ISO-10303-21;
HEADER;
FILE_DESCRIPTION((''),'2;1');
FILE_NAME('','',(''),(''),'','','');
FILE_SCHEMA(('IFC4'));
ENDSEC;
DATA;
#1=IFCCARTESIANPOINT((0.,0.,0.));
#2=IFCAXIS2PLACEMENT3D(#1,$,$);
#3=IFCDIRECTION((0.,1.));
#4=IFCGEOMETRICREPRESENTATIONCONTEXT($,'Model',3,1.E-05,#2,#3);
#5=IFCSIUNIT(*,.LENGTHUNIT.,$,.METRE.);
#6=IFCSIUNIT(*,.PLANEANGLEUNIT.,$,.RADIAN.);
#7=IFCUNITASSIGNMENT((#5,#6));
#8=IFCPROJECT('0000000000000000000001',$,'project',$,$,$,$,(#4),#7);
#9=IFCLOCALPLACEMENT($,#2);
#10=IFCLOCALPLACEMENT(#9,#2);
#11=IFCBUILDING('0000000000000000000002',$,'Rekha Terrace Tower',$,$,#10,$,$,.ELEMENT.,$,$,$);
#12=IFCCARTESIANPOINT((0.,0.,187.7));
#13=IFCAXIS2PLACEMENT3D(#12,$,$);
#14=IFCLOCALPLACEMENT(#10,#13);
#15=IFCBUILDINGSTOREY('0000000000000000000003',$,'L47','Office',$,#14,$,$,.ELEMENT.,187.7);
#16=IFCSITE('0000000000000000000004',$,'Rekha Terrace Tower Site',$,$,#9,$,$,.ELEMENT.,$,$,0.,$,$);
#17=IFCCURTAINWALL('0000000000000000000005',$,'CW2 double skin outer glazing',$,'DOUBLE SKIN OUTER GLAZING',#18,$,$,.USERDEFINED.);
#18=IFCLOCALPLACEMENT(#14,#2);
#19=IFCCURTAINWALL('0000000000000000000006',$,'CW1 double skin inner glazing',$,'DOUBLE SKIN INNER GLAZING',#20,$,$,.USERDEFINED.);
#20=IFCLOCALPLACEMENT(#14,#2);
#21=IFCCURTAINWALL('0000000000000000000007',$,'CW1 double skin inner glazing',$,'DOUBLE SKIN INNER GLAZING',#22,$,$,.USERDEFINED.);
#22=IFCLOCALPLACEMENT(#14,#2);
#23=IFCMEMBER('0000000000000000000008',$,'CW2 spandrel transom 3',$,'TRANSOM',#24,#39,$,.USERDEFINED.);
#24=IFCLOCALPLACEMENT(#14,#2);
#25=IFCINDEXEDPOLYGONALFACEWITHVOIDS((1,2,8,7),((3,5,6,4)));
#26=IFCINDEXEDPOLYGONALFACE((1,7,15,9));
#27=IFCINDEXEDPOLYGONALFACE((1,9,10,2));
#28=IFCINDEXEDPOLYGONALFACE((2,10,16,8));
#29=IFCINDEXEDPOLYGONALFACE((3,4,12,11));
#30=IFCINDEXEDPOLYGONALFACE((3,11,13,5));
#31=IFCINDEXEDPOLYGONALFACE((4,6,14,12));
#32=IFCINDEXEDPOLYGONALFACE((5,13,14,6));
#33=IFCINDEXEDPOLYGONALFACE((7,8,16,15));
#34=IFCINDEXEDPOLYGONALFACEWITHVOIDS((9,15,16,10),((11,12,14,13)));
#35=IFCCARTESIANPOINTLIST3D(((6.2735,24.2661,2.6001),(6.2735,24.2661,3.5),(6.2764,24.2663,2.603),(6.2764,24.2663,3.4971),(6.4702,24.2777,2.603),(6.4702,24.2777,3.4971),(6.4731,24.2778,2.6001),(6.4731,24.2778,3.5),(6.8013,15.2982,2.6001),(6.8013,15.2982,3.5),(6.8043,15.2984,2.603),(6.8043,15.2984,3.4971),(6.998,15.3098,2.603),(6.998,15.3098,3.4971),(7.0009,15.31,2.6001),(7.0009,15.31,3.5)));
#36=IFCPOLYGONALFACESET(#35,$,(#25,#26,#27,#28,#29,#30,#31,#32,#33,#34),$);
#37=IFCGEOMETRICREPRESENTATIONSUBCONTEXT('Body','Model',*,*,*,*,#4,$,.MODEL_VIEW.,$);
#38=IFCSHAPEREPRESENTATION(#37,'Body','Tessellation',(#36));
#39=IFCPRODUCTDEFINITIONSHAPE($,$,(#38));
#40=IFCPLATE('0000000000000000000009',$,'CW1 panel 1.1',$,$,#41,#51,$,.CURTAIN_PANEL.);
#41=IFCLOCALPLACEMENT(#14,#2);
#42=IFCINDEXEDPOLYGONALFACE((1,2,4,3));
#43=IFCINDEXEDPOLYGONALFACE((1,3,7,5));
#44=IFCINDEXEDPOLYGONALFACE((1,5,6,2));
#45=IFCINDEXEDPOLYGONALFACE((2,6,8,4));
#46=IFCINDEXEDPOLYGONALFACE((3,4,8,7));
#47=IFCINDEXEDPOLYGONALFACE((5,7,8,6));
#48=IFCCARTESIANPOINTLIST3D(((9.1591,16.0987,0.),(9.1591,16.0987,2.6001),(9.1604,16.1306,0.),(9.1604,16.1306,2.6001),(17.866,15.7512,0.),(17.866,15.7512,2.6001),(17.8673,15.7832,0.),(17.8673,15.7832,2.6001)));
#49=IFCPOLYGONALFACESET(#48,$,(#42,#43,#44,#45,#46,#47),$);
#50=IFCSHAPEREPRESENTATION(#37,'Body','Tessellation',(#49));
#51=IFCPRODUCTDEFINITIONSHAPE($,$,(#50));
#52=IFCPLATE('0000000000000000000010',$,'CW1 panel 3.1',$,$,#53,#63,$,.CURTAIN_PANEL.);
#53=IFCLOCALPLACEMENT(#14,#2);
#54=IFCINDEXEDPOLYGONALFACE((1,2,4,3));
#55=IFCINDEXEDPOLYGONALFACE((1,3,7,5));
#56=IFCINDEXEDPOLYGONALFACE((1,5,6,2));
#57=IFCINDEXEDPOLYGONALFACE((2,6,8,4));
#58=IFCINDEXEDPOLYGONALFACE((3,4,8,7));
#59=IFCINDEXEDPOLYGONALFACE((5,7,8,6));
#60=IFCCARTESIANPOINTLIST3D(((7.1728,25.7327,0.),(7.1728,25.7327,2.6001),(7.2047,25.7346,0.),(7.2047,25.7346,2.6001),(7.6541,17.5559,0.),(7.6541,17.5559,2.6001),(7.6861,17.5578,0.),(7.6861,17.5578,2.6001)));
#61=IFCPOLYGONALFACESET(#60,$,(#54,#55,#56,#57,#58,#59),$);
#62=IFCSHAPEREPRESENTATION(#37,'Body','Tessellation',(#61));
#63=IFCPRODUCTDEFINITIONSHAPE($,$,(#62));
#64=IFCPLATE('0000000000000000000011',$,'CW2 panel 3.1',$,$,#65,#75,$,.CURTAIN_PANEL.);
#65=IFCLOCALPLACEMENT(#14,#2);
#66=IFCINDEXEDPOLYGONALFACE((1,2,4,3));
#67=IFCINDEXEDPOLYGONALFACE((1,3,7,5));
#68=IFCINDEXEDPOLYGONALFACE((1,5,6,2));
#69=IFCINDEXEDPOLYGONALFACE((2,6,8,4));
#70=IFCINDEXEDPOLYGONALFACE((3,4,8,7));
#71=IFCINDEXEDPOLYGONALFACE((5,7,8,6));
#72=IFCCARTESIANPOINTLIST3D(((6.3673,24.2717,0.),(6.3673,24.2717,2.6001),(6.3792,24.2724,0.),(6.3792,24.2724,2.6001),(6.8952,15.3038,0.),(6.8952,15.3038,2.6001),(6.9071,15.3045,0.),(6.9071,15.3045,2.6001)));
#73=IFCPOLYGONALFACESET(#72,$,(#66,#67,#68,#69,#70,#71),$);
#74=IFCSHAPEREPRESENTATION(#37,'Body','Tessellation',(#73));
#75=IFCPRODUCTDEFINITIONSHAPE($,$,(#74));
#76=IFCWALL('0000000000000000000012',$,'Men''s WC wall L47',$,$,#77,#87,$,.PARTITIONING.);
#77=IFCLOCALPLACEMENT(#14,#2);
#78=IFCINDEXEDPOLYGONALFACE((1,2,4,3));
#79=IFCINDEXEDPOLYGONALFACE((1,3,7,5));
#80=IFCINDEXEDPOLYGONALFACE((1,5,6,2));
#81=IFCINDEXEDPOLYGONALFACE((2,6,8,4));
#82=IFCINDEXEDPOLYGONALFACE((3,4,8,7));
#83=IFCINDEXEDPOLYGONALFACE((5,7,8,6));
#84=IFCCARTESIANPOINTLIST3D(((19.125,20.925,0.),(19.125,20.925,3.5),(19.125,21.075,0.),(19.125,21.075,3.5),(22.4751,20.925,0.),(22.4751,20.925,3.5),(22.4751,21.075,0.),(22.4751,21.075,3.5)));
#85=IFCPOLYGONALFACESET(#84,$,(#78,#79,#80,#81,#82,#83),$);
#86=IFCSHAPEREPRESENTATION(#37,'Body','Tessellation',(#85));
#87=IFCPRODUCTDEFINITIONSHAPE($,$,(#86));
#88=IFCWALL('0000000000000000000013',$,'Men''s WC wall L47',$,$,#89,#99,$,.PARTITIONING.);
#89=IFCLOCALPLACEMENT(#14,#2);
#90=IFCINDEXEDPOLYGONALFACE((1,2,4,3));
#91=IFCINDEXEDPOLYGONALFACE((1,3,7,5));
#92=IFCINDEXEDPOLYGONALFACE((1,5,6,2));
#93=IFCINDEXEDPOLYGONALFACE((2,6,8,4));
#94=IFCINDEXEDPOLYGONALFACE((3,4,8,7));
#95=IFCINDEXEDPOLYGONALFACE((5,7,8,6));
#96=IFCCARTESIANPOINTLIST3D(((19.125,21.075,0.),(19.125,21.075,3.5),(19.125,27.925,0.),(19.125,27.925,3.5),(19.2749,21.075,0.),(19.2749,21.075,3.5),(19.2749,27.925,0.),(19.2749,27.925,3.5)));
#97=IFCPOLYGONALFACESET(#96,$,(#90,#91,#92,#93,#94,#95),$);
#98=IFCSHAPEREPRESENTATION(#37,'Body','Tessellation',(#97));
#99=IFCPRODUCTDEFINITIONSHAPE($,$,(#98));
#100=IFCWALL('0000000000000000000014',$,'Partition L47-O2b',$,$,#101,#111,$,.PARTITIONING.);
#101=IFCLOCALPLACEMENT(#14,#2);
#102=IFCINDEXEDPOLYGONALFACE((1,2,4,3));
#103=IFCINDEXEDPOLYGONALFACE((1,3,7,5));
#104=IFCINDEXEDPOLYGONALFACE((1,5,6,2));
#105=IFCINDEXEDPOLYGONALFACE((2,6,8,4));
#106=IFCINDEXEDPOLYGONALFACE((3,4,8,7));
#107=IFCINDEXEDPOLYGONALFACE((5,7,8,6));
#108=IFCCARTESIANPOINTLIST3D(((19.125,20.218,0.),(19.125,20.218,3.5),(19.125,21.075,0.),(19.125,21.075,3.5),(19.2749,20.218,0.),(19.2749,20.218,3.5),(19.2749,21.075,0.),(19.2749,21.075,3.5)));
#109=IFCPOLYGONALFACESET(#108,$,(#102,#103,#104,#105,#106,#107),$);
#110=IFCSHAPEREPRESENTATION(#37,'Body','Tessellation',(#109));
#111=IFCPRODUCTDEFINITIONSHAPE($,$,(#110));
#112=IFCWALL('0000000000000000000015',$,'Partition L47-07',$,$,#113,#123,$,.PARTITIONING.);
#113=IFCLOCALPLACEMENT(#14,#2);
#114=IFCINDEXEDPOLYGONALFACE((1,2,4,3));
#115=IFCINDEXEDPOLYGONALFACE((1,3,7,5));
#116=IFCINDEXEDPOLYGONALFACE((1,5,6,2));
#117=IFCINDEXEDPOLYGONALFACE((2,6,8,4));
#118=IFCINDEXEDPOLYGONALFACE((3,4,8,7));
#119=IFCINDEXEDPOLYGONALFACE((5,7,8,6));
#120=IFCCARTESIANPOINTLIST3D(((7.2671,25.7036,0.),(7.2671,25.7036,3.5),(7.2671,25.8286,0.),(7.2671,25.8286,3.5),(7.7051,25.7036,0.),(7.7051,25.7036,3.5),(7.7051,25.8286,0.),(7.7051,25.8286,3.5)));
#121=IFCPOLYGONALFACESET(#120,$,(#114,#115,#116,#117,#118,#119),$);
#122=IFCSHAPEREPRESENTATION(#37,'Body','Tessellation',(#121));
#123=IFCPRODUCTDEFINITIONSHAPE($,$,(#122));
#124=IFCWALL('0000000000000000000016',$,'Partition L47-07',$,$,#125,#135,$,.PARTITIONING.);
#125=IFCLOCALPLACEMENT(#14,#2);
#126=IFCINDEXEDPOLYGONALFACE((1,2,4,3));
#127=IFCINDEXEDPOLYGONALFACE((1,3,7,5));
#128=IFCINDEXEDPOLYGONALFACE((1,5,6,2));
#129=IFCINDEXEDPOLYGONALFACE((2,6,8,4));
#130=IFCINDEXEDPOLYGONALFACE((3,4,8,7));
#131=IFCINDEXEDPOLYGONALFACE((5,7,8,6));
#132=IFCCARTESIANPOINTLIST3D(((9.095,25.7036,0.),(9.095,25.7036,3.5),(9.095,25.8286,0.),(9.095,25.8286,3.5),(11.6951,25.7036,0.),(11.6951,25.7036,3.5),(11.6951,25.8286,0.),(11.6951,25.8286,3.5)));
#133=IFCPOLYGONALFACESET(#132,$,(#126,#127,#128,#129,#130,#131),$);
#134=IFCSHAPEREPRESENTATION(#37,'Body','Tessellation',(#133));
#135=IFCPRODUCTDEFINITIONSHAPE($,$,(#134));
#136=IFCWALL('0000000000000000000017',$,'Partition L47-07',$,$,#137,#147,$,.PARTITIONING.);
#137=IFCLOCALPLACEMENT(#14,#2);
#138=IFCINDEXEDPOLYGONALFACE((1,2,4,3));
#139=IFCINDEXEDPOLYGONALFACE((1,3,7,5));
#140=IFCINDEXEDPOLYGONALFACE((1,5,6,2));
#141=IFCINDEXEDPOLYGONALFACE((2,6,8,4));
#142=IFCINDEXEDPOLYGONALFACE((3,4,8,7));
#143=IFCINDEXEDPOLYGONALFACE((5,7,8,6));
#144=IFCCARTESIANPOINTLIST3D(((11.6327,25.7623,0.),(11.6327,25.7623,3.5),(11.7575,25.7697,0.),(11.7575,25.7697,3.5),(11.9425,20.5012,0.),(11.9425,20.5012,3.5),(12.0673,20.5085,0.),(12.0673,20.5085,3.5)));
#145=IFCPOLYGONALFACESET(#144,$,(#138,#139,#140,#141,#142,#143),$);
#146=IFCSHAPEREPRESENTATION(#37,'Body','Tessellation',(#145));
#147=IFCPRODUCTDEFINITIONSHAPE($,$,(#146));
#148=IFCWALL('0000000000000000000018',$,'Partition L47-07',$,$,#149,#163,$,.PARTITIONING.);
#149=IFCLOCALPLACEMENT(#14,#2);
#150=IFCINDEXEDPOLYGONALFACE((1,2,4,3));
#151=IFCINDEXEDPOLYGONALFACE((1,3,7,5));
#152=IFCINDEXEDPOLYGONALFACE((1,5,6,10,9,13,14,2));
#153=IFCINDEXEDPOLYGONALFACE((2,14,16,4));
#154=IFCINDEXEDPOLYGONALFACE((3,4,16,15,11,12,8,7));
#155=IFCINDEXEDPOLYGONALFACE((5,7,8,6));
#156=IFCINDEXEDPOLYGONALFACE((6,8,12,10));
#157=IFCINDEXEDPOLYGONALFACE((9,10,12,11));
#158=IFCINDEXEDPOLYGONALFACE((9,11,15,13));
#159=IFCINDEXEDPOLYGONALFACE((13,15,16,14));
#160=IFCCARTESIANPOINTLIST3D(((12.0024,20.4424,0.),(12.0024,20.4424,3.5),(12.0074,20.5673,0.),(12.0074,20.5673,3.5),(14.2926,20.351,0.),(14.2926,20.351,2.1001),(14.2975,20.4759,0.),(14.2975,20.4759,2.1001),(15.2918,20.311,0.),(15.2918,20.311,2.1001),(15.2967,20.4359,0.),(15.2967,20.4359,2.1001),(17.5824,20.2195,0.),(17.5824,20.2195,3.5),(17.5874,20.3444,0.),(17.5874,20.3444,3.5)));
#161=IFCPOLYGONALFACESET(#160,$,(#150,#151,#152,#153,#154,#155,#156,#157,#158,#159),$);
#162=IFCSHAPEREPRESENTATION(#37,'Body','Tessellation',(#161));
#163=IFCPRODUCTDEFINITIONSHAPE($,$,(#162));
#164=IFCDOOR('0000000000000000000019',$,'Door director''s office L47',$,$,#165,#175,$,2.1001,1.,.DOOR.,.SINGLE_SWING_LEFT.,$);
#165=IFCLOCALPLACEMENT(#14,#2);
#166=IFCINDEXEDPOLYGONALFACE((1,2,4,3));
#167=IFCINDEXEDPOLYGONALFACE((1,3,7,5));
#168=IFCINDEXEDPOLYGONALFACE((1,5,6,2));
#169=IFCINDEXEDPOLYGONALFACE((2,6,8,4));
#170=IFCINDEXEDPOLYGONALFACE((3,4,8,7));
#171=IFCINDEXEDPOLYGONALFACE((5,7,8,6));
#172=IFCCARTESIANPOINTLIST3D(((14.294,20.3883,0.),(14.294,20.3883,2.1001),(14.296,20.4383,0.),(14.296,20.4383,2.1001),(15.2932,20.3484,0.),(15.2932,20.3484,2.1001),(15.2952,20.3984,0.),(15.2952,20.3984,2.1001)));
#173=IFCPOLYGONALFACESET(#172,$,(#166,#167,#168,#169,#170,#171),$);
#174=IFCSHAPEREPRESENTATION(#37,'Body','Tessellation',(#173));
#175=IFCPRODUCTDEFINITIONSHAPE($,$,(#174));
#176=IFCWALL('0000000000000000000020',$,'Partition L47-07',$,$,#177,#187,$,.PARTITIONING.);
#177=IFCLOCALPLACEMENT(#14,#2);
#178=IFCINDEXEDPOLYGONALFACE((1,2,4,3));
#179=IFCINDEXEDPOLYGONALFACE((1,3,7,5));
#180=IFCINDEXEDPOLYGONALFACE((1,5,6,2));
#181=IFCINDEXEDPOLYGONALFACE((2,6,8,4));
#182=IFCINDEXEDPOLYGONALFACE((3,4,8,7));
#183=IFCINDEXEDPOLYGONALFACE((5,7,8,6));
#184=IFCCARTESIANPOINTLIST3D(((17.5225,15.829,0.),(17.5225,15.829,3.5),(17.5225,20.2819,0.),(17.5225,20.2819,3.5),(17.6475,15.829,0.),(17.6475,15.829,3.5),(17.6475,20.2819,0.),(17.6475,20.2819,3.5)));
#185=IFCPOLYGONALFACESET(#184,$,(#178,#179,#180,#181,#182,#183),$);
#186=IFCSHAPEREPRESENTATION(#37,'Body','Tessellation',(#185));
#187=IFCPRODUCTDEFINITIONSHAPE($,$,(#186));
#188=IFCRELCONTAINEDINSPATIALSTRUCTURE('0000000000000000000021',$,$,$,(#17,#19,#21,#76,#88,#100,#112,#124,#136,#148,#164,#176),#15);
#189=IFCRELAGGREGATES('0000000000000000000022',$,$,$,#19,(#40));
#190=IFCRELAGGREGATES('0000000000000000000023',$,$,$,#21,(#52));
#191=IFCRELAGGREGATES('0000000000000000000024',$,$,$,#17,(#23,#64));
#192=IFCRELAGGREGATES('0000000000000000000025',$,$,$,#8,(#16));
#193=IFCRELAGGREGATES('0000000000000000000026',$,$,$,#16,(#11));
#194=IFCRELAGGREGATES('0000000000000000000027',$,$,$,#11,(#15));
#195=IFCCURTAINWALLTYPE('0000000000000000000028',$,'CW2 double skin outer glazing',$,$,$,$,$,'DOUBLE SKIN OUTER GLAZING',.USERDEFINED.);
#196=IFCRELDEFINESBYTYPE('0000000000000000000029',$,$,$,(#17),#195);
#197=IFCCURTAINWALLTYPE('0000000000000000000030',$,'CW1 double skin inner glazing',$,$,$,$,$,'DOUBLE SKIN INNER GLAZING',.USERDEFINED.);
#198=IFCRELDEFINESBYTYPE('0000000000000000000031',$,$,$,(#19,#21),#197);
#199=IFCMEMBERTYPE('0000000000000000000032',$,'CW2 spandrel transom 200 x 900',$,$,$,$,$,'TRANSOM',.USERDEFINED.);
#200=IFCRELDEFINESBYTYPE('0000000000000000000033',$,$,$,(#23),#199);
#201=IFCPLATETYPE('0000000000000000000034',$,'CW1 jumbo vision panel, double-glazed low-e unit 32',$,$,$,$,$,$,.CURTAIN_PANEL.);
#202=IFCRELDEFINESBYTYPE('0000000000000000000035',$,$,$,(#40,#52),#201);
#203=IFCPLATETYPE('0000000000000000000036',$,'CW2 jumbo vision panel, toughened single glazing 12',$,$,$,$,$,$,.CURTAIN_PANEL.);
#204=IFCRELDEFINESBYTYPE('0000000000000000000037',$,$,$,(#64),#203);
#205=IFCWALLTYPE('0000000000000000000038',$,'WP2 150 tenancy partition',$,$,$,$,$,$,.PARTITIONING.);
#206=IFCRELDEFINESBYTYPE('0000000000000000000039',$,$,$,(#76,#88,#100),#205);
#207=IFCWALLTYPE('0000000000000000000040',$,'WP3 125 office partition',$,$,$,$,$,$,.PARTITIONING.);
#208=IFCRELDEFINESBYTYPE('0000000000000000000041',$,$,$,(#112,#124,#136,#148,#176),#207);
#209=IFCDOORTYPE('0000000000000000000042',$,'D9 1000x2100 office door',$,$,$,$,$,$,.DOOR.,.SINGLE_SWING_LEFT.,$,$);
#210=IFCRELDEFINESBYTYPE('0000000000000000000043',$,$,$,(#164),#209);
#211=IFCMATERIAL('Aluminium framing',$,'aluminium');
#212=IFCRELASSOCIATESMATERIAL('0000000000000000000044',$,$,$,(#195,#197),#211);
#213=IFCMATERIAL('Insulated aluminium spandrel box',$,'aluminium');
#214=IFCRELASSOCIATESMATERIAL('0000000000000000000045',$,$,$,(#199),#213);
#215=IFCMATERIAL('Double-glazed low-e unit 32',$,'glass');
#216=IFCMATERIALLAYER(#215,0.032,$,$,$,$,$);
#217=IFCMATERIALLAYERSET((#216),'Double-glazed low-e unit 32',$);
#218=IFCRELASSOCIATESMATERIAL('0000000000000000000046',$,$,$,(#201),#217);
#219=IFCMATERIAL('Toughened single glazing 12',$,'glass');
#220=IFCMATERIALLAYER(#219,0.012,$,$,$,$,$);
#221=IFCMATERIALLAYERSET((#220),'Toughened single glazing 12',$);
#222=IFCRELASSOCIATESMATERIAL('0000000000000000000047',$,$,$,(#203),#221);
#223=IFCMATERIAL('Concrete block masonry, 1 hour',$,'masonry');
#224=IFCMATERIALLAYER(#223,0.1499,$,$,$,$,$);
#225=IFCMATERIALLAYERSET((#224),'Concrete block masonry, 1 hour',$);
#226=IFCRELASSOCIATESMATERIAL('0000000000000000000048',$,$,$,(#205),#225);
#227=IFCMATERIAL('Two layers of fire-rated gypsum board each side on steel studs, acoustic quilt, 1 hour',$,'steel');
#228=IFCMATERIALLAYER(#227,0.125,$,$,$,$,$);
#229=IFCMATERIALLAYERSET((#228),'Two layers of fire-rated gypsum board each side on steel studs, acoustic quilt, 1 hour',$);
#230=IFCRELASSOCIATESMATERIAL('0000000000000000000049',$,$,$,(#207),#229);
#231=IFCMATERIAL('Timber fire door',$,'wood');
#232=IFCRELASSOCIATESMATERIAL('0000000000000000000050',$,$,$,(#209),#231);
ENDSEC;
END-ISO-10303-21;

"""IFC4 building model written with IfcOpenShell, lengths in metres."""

from ifc_helpers import new_model, si_unit, direction, frame, frame_2d, origin, origin_2d, place, context, subcontext, project, spatial, rectangle, hollow_rectangle, extrude, material, layer, layer_set, material_profile, profile_set, type_object, element, fill, aggregate, save


model = new_model("IFC4")

# Units and contexts
model_context = context("Model", 3, precision=1e-05, world=origin(), true_north=direction((0.0, 1.0)))
body_context = subcontext(model_context, "Body", "Model", "MODEL_VIEW")
ifc_project = project(units=[si_unit("LENGTHUNIT", "METRE"), si_unit("PLANEANGLEUNIT", "RADIAN")], contexts=[model_context])

# Site, building, storey
site_placement = place(None, origin())
site = spatial("IfcSite", under=ifc_project, at=site_placement, Name="Rekha Terrace Tower Site", CompositionType="ELEMENT", RefElevation=0.0)
building_placement = place(site_placement, origin())
building = spatial("IfcBuilding", under=site, at=building_placement, Name="Rekha Terrace Tower", CompositionType="ELEMENT")
storey_placement = place(building_placement, frame((0.0, 0.0, 187.7)))
storey = spatial("IfcBuildingStorey", under=building, at=storey_placement, Name="L47", Description="Office", CompositionType="ELEMENT", Elevation=187.7)

# Curtain walls
ifc_material_1 = material(Name="Aluminium framing", Category="aluminium")
curtain_wall_type_1 = type_object("IfcCurtainWallType", Name="CW2 double skin outer glazing", ElementType="DOUBLE SKIN OUTER GLAZING", PredefinedType="USERDEFINED", material=ifc_material_1)
curtain_wall_1_placement = place(storey_placement, origin())
curtain_wall_1 = element("IfcCurtainWall", 1, at=curtain_wall_1_placement, inside=storey, type_object=curtain_wall_type_1, Name="CW2 double skin outer glazing", ObjectType="DOUBLE SKIN OUTER GLAZING", PredefinedType="USERDEFINED")
curtain_wall_type_2 = type_object("IfcCurtainWallType", Name="CW1 double skin inner glazing", ElementType="DOUBLE SKIN INNER GLAZING", PredefinedType="USERDEFINED", material=ifc_material_1)
curtain_wall_2_placement = place(storey_placement, origin())
curtain_wall_2 = element("IfcCurtainWall", 2, at=curtain_wall_2_placement, inside=storey, type_object=curtain_wall_type_2, Name="CW1 double skin inner glazing", ObjectType="DOUBLE SKIN INNER GLAZING", PredefinedType="USERDEFINED")

# Curtain wall
curtain_wall_3_placement = place(storey_placement, origin())
curtain_wall_3 = element("IfcCurtainWall", 3, at=curtain_wall_3_placement, inside=storey, type_object=curtain_wall_type_2, Name="CW1 double skin inner glazing", ObjectType="DOUBLE SKIN INNER GLAZING", PredefinedType="USERDEFINED")

# Member
ifc_material_2 = material(Name="Insulated aluminium spandrel box", Category="aluminium")
ifc_material_profile_1 = material_profile(ifc_material_2, hollow_rectangle(XDim=0.2, YDim=0.8999, WallThickness=0.0029, at=origin_2d()), Name="AL SPANDREL BOX 200x900")
ifc_profile_set_1 = profile_set([ifc_material_profile_1], Name="Insulated aluminium spandrel box")
member_type_1 = type_object("IfcMemberType", Name="CW2 spandrel transom 200 x 900", ElementType="TRANSOM", PredefinedType="USERDEFINED", material=ifc_profile_set_1)
member_1_placement = place(storey_placement, frame((6.3733, 24.272, 3.05), z_axis=(0.058757, -0.998272, 0.0), x_axis=(0.998272, 0.058757, 0.0)))
member_1 = element("IfcMember", 4, at=member_1_placement, type_object=member_type_1, Name="CW2 spandrel transom 3", ObjectType="TRANSOM", PredefinedType="USERDEFINED", context=body_context, shape_type="SweptSolid", body=[
    extrude(hollow_rectangle(XDim=0.2, YDim=0.8999, WallThickness=0.0029, at=origin_2d()), origin(), (0.0, 0.0, 1.0), 8.9834),
])

# Plates
ifc_material_3 = material(Name="Double-glazed low-e unit 32", Category="glass")
ifc_layer_1 = layer(ifc_material_3, 0.032)
ifc_layer_set_1 = layer_set([ifc_layer_1], Name="Double-glazed low-e unit 32")
plate_type_1 = type_object("IfcPlateType", Name="CW1 jumbo vision panel, double-glazed low-e unit 32", PredefinedType="CURTAIN_PANEL", material=ifc_layer_set_1)
plate_1_placement = place(storey_placement, frame((13.5132, 15.9409, 0.0), z_axis=(0.0, 0.0, 1.0), x_axis=(0.999205, -0.039872, 0.0)))
plate_1 = element("IfcPlate", 5, at=plate_1_placement, type_object=plate_type_1, Name="CW1 panel 1.1", PredefinedType="CURTAIN_PANEL", context=body_context, shape_type="SweptSolid", body=[
    extrude(rectangle(XDim=8.7139, YDim=0.032, at=origin_2d()), origin(), (0.0, 0.0, 1.0), 2.6001),
])
aggregate(curtain_wall_2, [plate_1])
plate_2_placement = place(storey_placement, frame((7.4294, 21.6453, 0.0), z_axis=(0.0, 0.0, 1.0), x_axis=(0.058765, -0.998272, 0.0)))
plate_2 = element("IfcPlate", 6, at=plate_2_placement, type_object=plate_type_1, Name="CW1 panel 3.1", PredefinedType="CURTAIN_PANEL", context=body_context, shape_type="SweptSolid", body=[
    extrude(rectangle(XDim=8.1909, YDim=0.032, at=origin_2d()), origin(), (0.0, 0.0, 1.0), 2.6001),
])
aggregate(curtain_wall_3, [plate_2])
ifc_material_4 = material(Name="Toughened single glazing 12", Category="glass")
ifc_layer_2 = layer(ifc_material_4, 0.012)
ifc_layer_set_2 = layer_set([ifc_layer_2], Name="Toughened single glazing 12")
plate_type_2 = type_object("IfcPlateType", Name="CW2 jumbo vision panel, toughened single glazing 12", PredefinedType="CURTAIN_PANEL", material=ifc_layer_set_2)
plate_3_placement = place(storey_placement, frame((6.6372, 19.7881, 0.0), z_axis=(0.0, 0.0, 1.0), x_axis=(0.058765, -0.998272, 0.0)))
plate_3 = element("IfcPlate", 7, at=plate_3_placement, type_object=plate_type_2, Name="CW2 panel 3.1", PredefinedType="CURTAIN_PANEL", context=body_context, shape_type="SweptSolid", body=[
    extrude(rectangle(XDim=8.9834, YDim=0.012, at=origin_2d()), origin(), (0.0, 0.0, 1.0), 2.6001),
])
aggregate(curtain_wall_1, [member_1, plate_3])

# Walls
ifc_material_5 = material(Name="Concrete block masonry, 1 hour", Category="masonry")
ifc_layer_3 = layer(ifc_material_5, 0.1499)
ifc_layer_set_3 = layer_set([ifc_layer_3], Name="Concrete block masonry, 1 hour")
wall_type_1 = type_object("IfcWallType", Name="WP2 150 tenancy partition", PredefinedType="PARTITIONING", material=ifc_layer_set_3)
wall_1_placement = place(storey_placement, frame((19.125, 21.0, 0.0), z_axis=(0.0, 0.0, 1.0), x_axis=(1.0, 0.0, 0.0)))
element("IfcWall", 8, at=wall_1_placement, inside=storey, type_object=wall_type_1, Name="Men's WC wall L47", PredefinedType="PARTITIONING", context=body_context, shape_type="SweptSolid", body=[
    extrude(rectangle(XDim=3.3501, YDim=0.1499, at=frame_2d((1.675, 0.0))), origin(), (0.0, 0.0, 1.0), 3.5),
])
wall_2_placement = place(storey_placement, frame((19.2, 21.075, 0.0), z_axis=(0.0, 0.0, 1.0), x_axis=(0.0, 1.0, 0.0)))
element("IfcWall", 9, at=wall_2_placement, inside=storey, type_object=wall_type_1, Name="Men's WC wall L47", PredefinedType="PARTITIONING", context=body_context, shape_type="SweptSolid", body=[
    extrude(rectangle(XDim=6.8501, YDim=0.1499, at=frame_2d((3.425, 0.0))), origin(), (0.0, 0.0, 1.0), 3.5),
])
wall_3_placement = place(storey_placement, frame((19.2, 21.075, 0.0), z_axis=(0.0, 0.0, 1.0), x_axis=(0.0, -1.0, 0.0)))
element("IfcWall", 10, at=wall_3_placement, inside=storey, type_object=wall_type_1, Name="Partition L47-O2b", PredefinedType="PARTITIONING", context=body_context, shape_type="SweptSolid", body=[
    extrude(rectangle(XDim=0.8569, YDim=0.1499, at=frame_2d((0.4285, 0.0))), origin(), (0.0, 0.0, 1.0), 3.5),
])
ifc_material_6 = material(Name="Two layers of fire-rated gypsum board each side on steel studs, acoustic quilt, 1 hour", Category="steel")
ifc_layer_4 = layer(ifc_material_6, 0.125)
ifc_layer_set_4 = layer_set([ifc_layer_4], Name="Two layers of fire-rated gypsum board each side on steel studs, acoustic quilt, 1 hour")
wall_type_2 = type_object("IfcWallType", Name="WP3 125 office partition", PredefinedType="PARTITIONING", material=ifc_layer_set_4)
wall_4_placement = place(storey_placement, frame((7.2671, 25.7661, 0.0), z_axis=(0.0, 0.0, 1.0), x_axis=(1.0, 0.0, 0.0)))
element("IfcWall", 11, at=wall_4_placement, inside=storey, type_object=wall_type_2, Name="Partition L47-07", PredefinedType="PARTITIONING", context=body_context, shape_type="SweptSolid", body=[
    extrude(rectangle(XDim=0.438, YDim=0.125, at=frame_2d((0.219, 0.0))), origin(), (0.0, 0.0, 1.0), 3.5),
])
wall_5_placement = place(storey_placement, frame((9.095, 25.7661, 0.0), z_axis=(0.0, 0.0, 1.0), x_axis=(1.0, 0.0, 0.0)))
element("IfcWall", 12, at=wall_5_placement, inside=storey, type_object=wall_type_2, Name="Partition L47-07", PredefinedType="PARTITIONING", context=body_context, shape_type="SweptSolid", body=[
    extrude(rectangle(XDim=2.6001, YDim=0.125, at=frame_2d((1.3, 0.0))), origin(), (0.0, 0.0, 1.0), 3.5),
])
wall_6_placement = place(storey_placement, frame((11.6951, 25.7661, 0.0), z_axis=(0.0, 0.0, 1.0), x_axis=(0.058784, -0.998271, 0.0)))
element("IfcWall", 13, at=wall_6_placement, inside=storey, type_object=wall_type_2, Name="Partition L47-07", PredefinedType="PARTITIONING", context=body_context, shape_type="SweptSolid", body=[
    extrude(rectangle(XDim=5.2703, YDim=0.125, at=frame_2d((2.6353, 0.0))), origin(), (0.0, 0.0, 1.0), 3.5),
])

# Wall, opening, door
wall_7_placement = place(storey_placement, frame((12.0049, 20.5049, 0.0), z_axis=(0.0, 0.0, 1.0), x_axis=(0.999203, -0.039914, 0.0)))
wall_7 = element("IfcWall", 14, at=wall_7_placement, inside=storey, type_object=wall_type_2, Name="Partition L47-07", PredefinedType="PARTITIONING", context=body_context, shape_type="SweptSolid", body=[
    extrude(rectangle(XDim=5.5845, YDim=0.125, at=frame_2d((2.7922, 0.0))), origin(), (0.0, 0.0, 1.0), 3.5),
])
opening_1_placement = place(wall_7_placement, frame((2.292, 0.0, 0.0)))
opening_1 = element("IfcOpeningElement", 15, at=opening_1_placement, cuts=wall_7, PredefinedType="OPENING", context=body_context, shape_type="SweptSolid", body=[
    extrude(rectangle(XDim=1.0, YDim=2.1001, at=frame_2d((0.5, 1.05))), frame((0.0, 0.0725, 0.0), z_axis=(0.0, -1.0, 0.0), x_axis=(1.0, 0.0, 0.0)), (0.0, 0.0, 1.0), 0.145),
])
ifc_material_7 = material(Name="Timber fire door", Category="wood")
door_type = type_object("IfcDoorType", Name="D9 1000x2100 office door", OperationType="SINGLE_SWING_LEFT", PredefinedType="DOOR", material=ifc_material_7)
door_1_placement = place(opening_1_placement, origin())
door_1 = element("IfcDoor", 16, at=door_1_placement, inside=storey, type_object=door_type, Name="Door director's office L47", OperationType="SINGLE_SWING_LEFT", OverallHeight=2.1001, OverallWidth=1.0, PredefinedType="DOOR", context=body_context, shape_type="SweptSolid", body=[
    extrude(rectangle(XDim=1.0, YDim=2.1001, at=frame_2d((0.5, 1.05))), frame((0.0, 0.0249, 0.0), z_axis=(0.0, -1.0, 0.0), x_axis=(1.0, 0.0, 0.0)), (0.0, 0.0, 1.0), 0.05),
])
fill(opening_1, door_1)

# Wall
wall_8_placement = place(storey_placement, frame((17.585, 20.282, 0.0), z_axis=(0.0, 0.0, 1.0), x_axis=(0.0, -1.0, 0.0)))
element("IfcWall", 17, at=wall_8_placement, inside=storey, type_object=wall_type_2, Name="Partition L47-07", PredefinedType="PARTITIONING", context=body_context, shape_type="SweptSolid", body=[
    extrude(rectangle(XDim=4.4529, YDim=0.125, at=frame_2d((2.2266, 0.0))), origin(), (0.0, 0.0, 1.0), 3.5),
])

save(model, "model.ifc")
